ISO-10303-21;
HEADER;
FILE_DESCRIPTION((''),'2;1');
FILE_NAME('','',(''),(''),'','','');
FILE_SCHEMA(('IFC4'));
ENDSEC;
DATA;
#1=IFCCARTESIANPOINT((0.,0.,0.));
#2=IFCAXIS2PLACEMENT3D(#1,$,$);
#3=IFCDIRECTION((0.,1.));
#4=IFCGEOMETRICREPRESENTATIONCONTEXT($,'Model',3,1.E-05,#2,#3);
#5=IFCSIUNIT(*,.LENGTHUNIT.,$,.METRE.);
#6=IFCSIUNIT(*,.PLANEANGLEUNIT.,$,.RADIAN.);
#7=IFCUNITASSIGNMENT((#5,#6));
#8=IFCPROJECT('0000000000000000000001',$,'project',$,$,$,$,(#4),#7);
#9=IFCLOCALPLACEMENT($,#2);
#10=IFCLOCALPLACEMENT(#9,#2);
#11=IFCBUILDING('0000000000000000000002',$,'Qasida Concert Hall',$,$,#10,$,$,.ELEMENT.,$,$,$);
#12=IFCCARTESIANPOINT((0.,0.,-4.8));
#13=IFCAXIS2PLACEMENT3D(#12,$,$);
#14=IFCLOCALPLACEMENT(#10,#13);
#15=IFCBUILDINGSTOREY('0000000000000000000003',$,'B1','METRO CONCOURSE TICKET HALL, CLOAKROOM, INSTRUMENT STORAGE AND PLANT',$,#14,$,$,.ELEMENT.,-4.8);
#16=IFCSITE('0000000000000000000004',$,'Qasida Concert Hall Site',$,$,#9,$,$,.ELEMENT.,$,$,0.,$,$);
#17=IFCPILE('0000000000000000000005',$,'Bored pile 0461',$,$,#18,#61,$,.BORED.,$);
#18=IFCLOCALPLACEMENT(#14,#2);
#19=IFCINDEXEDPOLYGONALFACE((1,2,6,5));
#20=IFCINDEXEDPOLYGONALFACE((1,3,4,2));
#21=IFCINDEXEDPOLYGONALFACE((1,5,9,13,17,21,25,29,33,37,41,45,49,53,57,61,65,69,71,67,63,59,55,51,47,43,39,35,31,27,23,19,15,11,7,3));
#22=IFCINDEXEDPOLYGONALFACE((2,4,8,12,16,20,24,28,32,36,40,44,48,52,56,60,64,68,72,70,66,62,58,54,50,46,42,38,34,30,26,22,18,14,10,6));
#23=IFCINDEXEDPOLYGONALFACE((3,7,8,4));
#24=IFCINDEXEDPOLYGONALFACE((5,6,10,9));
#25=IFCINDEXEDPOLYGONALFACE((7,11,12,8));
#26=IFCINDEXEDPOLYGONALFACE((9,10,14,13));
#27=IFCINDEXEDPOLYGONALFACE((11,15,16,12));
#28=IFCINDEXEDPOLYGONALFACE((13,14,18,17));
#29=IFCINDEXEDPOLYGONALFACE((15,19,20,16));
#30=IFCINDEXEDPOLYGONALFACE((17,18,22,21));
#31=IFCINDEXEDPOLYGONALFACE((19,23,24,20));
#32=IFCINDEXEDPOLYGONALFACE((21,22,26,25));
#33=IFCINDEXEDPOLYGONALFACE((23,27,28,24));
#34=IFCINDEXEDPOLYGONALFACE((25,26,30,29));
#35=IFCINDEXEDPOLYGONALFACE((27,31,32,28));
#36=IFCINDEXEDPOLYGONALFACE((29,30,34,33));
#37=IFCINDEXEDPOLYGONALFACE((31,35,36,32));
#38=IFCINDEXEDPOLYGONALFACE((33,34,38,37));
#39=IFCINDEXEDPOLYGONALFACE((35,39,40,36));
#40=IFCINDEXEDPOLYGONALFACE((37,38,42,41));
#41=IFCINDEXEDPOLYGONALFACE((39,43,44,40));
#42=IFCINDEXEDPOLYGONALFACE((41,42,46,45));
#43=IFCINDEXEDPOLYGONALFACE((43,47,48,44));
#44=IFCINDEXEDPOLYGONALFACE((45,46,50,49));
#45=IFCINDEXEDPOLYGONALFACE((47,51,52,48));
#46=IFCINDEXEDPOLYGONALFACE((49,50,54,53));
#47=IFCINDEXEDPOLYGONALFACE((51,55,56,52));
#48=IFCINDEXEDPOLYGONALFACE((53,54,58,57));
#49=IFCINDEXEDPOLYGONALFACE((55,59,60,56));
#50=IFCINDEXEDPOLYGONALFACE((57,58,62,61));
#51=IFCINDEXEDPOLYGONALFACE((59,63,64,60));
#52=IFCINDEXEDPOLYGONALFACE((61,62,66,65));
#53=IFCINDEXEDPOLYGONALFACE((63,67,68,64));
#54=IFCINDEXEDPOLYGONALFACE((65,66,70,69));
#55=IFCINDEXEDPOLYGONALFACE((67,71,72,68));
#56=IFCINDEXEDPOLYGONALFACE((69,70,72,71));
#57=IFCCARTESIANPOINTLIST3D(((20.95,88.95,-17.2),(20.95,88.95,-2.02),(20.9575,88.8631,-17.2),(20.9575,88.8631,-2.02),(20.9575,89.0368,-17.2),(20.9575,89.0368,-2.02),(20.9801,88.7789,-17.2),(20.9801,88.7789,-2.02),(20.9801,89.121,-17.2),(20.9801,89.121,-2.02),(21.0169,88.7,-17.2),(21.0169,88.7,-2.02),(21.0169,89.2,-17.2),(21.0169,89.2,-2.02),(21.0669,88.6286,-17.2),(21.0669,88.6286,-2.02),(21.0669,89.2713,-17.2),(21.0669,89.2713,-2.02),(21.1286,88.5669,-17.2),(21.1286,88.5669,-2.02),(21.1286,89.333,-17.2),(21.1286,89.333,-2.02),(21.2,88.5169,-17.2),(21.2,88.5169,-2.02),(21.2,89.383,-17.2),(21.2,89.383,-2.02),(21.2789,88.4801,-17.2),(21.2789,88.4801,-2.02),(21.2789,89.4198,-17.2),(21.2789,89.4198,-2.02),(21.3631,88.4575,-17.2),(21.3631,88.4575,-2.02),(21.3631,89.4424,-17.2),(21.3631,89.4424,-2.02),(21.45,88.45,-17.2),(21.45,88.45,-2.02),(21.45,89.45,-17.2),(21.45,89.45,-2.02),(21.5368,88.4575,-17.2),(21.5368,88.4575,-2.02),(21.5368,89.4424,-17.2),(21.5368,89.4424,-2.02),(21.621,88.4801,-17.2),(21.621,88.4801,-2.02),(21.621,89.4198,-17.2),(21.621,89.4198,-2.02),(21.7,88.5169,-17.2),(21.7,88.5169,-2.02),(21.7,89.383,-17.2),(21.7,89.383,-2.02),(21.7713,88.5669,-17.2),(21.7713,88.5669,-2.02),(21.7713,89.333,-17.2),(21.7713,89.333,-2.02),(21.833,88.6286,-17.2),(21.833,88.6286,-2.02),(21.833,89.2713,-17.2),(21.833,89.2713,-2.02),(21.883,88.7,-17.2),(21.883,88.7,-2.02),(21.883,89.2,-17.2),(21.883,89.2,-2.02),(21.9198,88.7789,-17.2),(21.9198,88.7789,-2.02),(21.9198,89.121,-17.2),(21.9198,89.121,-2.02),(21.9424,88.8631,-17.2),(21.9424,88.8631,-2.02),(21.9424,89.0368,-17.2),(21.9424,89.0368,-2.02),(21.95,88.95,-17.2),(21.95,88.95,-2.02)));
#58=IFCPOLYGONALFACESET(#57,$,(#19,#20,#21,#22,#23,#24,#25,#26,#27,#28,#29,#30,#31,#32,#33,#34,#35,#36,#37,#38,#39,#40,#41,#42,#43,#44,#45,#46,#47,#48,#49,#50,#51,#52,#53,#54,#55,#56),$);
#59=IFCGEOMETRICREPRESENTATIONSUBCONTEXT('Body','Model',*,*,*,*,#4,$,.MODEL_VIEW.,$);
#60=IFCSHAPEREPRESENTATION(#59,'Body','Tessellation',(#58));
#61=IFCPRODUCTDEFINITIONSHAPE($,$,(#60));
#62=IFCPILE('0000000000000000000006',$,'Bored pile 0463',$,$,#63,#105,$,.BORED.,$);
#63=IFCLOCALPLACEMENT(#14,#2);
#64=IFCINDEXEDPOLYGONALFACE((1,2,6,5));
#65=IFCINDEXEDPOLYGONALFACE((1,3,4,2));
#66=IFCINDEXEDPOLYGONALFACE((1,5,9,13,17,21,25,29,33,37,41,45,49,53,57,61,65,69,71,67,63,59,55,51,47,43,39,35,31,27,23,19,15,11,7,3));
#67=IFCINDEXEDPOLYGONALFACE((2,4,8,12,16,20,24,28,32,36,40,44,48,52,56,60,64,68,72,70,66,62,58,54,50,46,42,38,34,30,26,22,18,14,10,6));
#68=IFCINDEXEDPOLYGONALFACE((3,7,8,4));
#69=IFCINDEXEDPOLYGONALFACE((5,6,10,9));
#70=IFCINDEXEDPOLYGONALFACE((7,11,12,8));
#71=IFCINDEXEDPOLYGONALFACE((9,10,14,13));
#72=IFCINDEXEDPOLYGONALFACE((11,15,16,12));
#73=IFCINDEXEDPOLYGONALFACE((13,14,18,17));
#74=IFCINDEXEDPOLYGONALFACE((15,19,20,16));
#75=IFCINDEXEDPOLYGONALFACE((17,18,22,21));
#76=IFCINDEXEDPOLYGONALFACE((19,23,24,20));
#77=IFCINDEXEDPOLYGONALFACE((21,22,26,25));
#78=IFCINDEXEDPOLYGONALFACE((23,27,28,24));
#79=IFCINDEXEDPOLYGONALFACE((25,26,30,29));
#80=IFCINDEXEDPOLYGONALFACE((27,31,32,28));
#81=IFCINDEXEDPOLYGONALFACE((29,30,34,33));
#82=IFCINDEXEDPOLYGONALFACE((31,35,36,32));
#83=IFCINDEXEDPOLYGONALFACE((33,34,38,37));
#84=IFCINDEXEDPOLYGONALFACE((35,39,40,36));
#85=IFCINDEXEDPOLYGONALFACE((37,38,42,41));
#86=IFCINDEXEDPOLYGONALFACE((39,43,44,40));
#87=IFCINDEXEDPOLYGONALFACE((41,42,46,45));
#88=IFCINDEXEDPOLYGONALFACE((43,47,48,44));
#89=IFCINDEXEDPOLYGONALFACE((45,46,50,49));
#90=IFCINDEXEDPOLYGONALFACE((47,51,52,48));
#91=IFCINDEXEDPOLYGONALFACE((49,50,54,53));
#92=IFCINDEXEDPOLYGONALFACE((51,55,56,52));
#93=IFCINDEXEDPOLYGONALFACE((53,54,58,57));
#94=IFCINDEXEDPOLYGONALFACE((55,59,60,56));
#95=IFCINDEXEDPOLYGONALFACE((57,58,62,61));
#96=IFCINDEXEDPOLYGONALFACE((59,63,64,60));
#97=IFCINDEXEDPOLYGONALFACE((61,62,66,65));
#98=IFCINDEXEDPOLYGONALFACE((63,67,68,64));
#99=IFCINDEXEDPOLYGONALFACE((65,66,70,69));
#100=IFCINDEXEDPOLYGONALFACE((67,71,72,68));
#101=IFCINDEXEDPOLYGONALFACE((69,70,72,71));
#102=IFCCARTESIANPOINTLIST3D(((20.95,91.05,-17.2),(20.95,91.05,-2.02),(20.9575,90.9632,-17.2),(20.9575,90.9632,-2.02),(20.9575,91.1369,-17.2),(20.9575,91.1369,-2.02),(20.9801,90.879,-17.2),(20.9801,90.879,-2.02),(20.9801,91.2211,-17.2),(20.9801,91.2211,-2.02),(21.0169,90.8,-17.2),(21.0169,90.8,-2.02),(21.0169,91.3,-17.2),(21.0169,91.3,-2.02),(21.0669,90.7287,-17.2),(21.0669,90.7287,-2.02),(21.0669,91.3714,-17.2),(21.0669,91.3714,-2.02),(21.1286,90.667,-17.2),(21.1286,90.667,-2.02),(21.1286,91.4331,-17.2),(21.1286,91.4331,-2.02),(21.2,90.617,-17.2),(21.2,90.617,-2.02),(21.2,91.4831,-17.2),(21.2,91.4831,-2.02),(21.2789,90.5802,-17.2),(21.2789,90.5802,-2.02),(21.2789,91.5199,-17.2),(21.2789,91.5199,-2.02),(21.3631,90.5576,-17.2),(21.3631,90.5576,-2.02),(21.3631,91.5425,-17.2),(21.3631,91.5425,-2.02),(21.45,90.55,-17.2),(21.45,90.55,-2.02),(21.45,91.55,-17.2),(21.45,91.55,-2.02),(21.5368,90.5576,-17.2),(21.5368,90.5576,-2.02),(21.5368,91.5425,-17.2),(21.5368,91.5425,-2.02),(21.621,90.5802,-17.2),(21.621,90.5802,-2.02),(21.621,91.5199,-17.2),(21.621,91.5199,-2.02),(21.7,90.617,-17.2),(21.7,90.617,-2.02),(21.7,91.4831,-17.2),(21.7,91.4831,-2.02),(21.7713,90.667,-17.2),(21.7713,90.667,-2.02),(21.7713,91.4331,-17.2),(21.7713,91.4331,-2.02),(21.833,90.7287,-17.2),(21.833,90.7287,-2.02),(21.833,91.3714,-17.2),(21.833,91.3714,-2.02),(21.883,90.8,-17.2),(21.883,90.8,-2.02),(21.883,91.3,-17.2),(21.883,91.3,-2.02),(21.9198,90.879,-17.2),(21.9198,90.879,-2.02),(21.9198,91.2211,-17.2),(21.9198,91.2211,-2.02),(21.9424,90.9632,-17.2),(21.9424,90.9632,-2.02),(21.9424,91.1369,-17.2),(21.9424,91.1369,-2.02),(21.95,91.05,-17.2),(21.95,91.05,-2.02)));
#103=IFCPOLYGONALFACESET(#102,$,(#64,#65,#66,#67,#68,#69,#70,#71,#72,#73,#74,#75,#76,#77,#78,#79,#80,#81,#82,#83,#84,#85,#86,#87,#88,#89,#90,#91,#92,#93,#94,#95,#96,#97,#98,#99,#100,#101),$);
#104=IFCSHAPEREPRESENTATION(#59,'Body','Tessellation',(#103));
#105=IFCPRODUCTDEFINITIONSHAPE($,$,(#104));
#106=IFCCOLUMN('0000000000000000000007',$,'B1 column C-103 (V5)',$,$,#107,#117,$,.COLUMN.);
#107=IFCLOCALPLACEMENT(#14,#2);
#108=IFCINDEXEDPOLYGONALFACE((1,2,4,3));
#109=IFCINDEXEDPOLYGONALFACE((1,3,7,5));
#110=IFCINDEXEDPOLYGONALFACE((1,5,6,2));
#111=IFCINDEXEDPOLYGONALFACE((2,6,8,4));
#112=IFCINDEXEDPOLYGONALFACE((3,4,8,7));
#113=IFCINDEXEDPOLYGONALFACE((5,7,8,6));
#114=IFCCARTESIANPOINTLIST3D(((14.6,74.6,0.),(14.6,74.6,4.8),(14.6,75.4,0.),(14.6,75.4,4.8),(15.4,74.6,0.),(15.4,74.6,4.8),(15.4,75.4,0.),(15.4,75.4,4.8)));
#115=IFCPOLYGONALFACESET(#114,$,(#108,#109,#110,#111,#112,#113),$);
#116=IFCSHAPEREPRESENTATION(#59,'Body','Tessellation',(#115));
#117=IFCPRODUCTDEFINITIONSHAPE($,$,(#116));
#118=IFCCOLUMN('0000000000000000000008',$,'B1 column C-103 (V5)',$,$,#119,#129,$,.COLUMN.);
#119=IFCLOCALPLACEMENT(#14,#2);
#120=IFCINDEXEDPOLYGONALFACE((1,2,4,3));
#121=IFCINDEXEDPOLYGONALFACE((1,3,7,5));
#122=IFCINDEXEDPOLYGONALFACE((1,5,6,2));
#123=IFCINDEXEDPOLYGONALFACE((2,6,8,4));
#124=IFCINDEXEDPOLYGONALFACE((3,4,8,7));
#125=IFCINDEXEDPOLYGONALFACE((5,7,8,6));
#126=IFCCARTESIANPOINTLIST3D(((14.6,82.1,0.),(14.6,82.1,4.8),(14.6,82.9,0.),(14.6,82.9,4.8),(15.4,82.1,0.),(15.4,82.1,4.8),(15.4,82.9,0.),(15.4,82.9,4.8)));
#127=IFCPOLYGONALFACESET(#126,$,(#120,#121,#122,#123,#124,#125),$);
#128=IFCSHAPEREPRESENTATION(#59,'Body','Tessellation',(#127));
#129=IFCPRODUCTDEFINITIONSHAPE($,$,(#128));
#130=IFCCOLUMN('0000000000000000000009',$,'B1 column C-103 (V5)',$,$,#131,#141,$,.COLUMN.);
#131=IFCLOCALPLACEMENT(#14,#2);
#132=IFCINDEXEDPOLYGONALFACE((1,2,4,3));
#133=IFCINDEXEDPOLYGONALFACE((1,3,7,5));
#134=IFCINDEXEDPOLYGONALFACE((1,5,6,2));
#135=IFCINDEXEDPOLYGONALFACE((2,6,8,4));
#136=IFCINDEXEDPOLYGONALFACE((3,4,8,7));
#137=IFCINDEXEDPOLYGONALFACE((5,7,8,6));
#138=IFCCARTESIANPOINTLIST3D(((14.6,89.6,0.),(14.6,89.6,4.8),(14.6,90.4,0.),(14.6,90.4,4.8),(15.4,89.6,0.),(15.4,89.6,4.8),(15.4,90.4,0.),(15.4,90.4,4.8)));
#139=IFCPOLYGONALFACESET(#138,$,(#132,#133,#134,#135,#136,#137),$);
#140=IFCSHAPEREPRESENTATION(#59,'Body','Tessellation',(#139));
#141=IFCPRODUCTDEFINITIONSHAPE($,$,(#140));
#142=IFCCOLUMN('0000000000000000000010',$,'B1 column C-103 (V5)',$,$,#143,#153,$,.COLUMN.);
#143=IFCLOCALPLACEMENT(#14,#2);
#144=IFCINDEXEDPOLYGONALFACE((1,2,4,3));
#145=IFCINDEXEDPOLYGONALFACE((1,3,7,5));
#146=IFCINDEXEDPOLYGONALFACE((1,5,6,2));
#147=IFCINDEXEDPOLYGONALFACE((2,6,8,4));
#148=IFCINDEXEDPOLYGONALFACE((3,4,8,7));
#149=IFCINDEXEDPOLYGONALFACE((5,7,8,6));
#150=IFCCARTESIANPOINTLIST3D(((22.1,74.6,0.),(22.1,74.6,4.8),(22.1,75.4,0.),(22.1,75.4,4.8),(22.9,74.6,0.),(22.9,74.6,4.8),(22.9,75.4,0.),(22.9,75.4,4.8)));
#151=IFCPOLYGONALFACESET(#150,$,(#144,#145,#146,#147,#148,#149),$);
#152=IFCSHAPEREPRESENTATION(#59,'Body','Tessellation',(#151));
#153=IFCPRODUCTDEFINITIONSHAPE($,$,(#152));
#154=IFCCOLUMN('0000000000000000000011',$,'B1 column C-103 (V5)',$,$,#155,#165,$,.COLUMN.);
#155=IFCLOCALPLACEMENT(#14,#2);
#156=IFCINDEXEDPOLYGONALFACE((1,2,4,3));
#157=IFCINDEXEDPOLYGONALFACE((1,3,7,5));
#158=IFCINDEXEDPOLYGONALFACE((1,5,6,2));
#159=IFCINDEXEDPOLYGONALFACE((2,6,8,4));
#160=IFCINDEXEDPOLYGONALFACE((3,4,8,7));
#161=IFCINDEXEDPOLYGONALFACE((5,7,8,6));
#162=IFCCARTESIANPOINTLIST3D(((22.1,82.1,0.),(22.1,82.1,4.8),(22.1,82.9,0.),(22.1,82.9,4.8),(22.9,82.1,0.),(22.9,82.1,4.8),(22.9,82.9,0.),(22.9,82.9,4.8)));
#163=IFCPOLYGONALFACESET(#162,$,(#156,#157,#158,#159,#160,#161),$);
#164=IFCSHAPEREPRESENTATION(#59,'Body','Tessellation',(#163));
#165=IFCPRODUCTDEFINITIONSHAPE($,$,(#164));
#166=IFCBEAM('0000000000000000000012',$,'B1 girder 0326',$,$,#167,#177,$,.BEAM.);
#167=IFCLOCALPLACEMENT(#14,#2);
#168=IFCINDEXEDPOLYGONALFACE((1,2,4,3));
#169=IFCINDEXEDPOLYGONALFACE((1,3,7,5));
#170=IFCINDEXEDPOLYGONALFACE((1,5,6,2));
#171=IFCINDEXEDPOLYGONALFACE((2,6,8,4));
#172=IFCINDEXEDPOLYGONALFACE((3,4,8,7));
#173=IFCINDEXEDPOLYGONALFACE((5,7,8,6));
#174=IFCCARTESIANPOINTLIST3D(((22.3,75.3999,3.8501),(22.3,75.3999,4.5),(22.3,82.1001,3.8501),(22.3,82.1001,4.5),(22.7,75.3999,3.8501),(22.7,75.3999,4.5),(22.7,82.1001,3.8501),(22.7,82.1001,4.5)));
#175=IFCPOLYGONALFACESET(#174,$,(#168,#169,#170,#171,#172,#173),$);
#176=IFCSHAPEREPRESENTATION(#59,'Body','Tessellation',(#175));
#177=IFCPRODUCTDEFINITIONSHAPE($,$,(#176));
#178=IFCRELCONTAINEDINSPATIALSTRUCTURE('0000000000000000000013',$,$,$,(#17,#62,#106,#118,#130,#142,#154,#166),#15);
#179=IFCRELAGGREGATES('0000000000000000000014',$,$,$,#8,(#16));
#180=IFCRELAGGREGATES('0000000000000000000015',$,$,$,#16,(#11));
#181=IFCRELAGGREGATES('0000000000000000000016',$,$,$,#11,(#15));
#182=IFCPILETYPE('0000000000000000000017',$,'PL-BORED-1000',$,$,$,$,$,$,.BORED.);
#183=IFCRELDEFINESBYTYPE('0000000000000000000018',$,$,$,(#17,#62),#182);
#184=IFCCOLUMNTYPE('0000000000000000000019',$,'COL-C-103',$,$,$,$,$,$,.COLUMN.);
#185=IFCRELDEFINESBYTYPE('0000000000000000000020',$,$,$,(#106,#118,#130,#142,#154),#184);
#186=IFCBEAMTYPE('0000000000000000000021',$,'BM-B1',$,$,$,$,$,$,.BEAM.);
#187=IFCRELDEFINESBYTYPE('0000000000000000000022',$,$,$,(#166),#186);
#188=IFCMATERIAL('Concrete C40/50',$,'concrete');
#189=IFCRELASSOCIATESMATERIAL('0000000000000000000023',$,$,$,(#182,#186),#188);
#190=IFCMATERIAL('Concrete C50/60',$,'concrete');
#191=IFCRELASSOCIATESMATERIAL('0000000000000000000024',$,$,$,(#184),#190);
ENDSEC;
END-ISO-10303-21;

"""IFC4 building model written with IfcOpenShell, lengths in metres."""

from ifc_helpers import new_model, si_unit, direction, frame, origin, origin_2d, place, context, subcontext, project, spatial, rectangle, circle, extrude, material, material_profile, profile_set, type_object, element, save


model = new_model("IFC4")

# Units and contexts
model_context = context("Model", 3, precision=1e-05, world=origin(), true_north=direction((0.0, 1.0)))
body_context = subcontext(model_context, "Body", "Model", "MODEL_VIEW")
ifc_project = project(units=[si_unit("LENGTHUNIT", "METRE"), si_unit("PLANEANGLEUNIT", "RADIAN")], contexts=[model_context])

# Site, building, storey
site_placement = place(None, origin())
site = spatial("IfcSite", under=ifc_project, at=site_placement, Name="Qasida Concert Hall Site", CompositionType="ELEMENT", RefElevation=0.0)
building_placement = place(site_placement, origin())
building = spatial("IfcBuilding", under=site, at=building_placement, Name="Qasida Concert Hall", CompositionType="ELEMENT")
storey_placement = place(building_placement, frame((0.0, 0.0, -4.8)))
storey = spatial("IfcBuildingStorey", under=building, at=storey_placement, Name="B1", Description="METRO CONCOURSE TICKET HALL, CLOAKROOM, INSTRUMENT STORAGE AND PLANT", CompositionType="ELEMENT", Elevation=-4.8)

# Shared definitions
ifc_material_1 = material(Name="Concrete C40/50", Category="concrete")

# Piles
ifc_material_profile_1 = material_profile(ifc_material_1, circle(Radius=0.5, at=origin_2d()), Name="BORED PILE D1000")
ifc_profile_set_1 = profile_set([ifc_material_profile_1], Name="Concrete C40/50")
pile_type = type_object("IfcPileType", Name="PL-BORED-1000", PredefinedType="BORED", material=ifc_profile_set_1)
for number, where, z_axis, x_axis, name in (
    (1, (21.45, 88.95, -2.02), (0.0, 0.0, -1.0), (1.0, 0.0, 0.0), "Bored pile 0461"),
    (2, (21.45, 91.05, -2.02), (0.0, 0.0, -1.0), (1.0, 0.0, 0.0), "Bored pile 0463"),
):
    element("IfcPile", number, at=place(storey_placement, frame(where, z_axis=z_axis, x_axis=x_axis)), inside=storey, type_object=pile_type, Name=name, PredefinedType="BORED", context=body_context, shape_type="SweptSolid", body=[
        extrude(circle(Radius=0.5, at=origin_2d()), origin(), (0.0, 0.0, 1.0), 15.1799),
    ])

# Columns
ifc_material_2 = material(Name="Concrete C50/60", Category="concrete")
ifc_material_profile_2 = material_profile(ifc_material_2, rectangle(XDim=0.8, YDim=0.8, at=origin_2d()), Name="RC 800x800")
ifc_profile_set_2 = profile_set([ifc_material_profile_2], Name="Concrete C50/60")
column_type = type_object("IfcColumnType", Name="COL-C-103", PredefinedType="COLUMN", material=ifc_profile_set_2)
for number, where, z_axis, x_axis, name in (
    (3, (15.0, 75.0, 0.0), (0.0, 0.0, 1.0), (1.0, 0.0, 0.0), "B1 column C-103 (V5)"),
    (4, (15.0, 82.5, 0.0), (0.0, 0.0, 1.0), (1.0, 0.0, 0.0), "B1 column C-103 (V5)"),
    (5, (15.0, 90.0, 0.0), (0.0, 0.0, 1.0), (1.0, 0.0, 0.0), "B1 column C-103 (V5)"),
    (6, (22.5, 75.0, 0.0), (0.0, 0.0, 1.0), (1.0, 0.0, 0.0), "B1 column C-103 (V5)"),
    (7, (22.5, 82.5, 0.0), (0.0, 0.0, 1.0), (1.0, 0.0, 0.0), "B1 column C-103 (V5)"),
):
    element("IfcColumn", number, at=place(storey_placement, frame(where, z_axis=z_axis, x_axis=x_axis)), inside=storey, type_object=column_type, Name=name, PredefinedType="COLUMN", context=body_context, shape_type="SweptSolid", body=[
        extrude(rectangle(XDim=0.8, YDim=0.8, at=origin_2d()), origin(), (0.0, 0.0, 1.0), 4.8),
    ])

# Beam
ifc_material_profile_3 = material_profile(ifc_material_1, rectangle(XDim=0.3999, YDim=0.6499, at=origin_2d()), Name="RC 400x650")
ifc_profile_set_3 = profile_set([ifc_material_profile_3], Name="Concrete C40/50")
beam_type_1 = type_object("IfcBeamType", Name="BM-B1", PredefinedType="BEAM", material=ifc_profile_set_3)
beam_1_placement = place(storey_placement, frame((22.5, 75.3999, 4.175), z_axis=(0.0, 1.0, 0.0), x_axis=(-1.0, 0.0, 0.0)))
element("IfcBeam", 8, at=beam_1_placement, inside=storey, type_object=beam_type_1, Name="B1 girder 0326", PredefinedType="BEAM", context=body_context, shape_type="SweptSolid", body=[
    extrude(rectangle(XDim=0.3999, YDim=0.6499, at=origin_2d()), origin(), (0.0, 0.0, 1.0), 6.7002),
])

save(model, "model.ifc")
